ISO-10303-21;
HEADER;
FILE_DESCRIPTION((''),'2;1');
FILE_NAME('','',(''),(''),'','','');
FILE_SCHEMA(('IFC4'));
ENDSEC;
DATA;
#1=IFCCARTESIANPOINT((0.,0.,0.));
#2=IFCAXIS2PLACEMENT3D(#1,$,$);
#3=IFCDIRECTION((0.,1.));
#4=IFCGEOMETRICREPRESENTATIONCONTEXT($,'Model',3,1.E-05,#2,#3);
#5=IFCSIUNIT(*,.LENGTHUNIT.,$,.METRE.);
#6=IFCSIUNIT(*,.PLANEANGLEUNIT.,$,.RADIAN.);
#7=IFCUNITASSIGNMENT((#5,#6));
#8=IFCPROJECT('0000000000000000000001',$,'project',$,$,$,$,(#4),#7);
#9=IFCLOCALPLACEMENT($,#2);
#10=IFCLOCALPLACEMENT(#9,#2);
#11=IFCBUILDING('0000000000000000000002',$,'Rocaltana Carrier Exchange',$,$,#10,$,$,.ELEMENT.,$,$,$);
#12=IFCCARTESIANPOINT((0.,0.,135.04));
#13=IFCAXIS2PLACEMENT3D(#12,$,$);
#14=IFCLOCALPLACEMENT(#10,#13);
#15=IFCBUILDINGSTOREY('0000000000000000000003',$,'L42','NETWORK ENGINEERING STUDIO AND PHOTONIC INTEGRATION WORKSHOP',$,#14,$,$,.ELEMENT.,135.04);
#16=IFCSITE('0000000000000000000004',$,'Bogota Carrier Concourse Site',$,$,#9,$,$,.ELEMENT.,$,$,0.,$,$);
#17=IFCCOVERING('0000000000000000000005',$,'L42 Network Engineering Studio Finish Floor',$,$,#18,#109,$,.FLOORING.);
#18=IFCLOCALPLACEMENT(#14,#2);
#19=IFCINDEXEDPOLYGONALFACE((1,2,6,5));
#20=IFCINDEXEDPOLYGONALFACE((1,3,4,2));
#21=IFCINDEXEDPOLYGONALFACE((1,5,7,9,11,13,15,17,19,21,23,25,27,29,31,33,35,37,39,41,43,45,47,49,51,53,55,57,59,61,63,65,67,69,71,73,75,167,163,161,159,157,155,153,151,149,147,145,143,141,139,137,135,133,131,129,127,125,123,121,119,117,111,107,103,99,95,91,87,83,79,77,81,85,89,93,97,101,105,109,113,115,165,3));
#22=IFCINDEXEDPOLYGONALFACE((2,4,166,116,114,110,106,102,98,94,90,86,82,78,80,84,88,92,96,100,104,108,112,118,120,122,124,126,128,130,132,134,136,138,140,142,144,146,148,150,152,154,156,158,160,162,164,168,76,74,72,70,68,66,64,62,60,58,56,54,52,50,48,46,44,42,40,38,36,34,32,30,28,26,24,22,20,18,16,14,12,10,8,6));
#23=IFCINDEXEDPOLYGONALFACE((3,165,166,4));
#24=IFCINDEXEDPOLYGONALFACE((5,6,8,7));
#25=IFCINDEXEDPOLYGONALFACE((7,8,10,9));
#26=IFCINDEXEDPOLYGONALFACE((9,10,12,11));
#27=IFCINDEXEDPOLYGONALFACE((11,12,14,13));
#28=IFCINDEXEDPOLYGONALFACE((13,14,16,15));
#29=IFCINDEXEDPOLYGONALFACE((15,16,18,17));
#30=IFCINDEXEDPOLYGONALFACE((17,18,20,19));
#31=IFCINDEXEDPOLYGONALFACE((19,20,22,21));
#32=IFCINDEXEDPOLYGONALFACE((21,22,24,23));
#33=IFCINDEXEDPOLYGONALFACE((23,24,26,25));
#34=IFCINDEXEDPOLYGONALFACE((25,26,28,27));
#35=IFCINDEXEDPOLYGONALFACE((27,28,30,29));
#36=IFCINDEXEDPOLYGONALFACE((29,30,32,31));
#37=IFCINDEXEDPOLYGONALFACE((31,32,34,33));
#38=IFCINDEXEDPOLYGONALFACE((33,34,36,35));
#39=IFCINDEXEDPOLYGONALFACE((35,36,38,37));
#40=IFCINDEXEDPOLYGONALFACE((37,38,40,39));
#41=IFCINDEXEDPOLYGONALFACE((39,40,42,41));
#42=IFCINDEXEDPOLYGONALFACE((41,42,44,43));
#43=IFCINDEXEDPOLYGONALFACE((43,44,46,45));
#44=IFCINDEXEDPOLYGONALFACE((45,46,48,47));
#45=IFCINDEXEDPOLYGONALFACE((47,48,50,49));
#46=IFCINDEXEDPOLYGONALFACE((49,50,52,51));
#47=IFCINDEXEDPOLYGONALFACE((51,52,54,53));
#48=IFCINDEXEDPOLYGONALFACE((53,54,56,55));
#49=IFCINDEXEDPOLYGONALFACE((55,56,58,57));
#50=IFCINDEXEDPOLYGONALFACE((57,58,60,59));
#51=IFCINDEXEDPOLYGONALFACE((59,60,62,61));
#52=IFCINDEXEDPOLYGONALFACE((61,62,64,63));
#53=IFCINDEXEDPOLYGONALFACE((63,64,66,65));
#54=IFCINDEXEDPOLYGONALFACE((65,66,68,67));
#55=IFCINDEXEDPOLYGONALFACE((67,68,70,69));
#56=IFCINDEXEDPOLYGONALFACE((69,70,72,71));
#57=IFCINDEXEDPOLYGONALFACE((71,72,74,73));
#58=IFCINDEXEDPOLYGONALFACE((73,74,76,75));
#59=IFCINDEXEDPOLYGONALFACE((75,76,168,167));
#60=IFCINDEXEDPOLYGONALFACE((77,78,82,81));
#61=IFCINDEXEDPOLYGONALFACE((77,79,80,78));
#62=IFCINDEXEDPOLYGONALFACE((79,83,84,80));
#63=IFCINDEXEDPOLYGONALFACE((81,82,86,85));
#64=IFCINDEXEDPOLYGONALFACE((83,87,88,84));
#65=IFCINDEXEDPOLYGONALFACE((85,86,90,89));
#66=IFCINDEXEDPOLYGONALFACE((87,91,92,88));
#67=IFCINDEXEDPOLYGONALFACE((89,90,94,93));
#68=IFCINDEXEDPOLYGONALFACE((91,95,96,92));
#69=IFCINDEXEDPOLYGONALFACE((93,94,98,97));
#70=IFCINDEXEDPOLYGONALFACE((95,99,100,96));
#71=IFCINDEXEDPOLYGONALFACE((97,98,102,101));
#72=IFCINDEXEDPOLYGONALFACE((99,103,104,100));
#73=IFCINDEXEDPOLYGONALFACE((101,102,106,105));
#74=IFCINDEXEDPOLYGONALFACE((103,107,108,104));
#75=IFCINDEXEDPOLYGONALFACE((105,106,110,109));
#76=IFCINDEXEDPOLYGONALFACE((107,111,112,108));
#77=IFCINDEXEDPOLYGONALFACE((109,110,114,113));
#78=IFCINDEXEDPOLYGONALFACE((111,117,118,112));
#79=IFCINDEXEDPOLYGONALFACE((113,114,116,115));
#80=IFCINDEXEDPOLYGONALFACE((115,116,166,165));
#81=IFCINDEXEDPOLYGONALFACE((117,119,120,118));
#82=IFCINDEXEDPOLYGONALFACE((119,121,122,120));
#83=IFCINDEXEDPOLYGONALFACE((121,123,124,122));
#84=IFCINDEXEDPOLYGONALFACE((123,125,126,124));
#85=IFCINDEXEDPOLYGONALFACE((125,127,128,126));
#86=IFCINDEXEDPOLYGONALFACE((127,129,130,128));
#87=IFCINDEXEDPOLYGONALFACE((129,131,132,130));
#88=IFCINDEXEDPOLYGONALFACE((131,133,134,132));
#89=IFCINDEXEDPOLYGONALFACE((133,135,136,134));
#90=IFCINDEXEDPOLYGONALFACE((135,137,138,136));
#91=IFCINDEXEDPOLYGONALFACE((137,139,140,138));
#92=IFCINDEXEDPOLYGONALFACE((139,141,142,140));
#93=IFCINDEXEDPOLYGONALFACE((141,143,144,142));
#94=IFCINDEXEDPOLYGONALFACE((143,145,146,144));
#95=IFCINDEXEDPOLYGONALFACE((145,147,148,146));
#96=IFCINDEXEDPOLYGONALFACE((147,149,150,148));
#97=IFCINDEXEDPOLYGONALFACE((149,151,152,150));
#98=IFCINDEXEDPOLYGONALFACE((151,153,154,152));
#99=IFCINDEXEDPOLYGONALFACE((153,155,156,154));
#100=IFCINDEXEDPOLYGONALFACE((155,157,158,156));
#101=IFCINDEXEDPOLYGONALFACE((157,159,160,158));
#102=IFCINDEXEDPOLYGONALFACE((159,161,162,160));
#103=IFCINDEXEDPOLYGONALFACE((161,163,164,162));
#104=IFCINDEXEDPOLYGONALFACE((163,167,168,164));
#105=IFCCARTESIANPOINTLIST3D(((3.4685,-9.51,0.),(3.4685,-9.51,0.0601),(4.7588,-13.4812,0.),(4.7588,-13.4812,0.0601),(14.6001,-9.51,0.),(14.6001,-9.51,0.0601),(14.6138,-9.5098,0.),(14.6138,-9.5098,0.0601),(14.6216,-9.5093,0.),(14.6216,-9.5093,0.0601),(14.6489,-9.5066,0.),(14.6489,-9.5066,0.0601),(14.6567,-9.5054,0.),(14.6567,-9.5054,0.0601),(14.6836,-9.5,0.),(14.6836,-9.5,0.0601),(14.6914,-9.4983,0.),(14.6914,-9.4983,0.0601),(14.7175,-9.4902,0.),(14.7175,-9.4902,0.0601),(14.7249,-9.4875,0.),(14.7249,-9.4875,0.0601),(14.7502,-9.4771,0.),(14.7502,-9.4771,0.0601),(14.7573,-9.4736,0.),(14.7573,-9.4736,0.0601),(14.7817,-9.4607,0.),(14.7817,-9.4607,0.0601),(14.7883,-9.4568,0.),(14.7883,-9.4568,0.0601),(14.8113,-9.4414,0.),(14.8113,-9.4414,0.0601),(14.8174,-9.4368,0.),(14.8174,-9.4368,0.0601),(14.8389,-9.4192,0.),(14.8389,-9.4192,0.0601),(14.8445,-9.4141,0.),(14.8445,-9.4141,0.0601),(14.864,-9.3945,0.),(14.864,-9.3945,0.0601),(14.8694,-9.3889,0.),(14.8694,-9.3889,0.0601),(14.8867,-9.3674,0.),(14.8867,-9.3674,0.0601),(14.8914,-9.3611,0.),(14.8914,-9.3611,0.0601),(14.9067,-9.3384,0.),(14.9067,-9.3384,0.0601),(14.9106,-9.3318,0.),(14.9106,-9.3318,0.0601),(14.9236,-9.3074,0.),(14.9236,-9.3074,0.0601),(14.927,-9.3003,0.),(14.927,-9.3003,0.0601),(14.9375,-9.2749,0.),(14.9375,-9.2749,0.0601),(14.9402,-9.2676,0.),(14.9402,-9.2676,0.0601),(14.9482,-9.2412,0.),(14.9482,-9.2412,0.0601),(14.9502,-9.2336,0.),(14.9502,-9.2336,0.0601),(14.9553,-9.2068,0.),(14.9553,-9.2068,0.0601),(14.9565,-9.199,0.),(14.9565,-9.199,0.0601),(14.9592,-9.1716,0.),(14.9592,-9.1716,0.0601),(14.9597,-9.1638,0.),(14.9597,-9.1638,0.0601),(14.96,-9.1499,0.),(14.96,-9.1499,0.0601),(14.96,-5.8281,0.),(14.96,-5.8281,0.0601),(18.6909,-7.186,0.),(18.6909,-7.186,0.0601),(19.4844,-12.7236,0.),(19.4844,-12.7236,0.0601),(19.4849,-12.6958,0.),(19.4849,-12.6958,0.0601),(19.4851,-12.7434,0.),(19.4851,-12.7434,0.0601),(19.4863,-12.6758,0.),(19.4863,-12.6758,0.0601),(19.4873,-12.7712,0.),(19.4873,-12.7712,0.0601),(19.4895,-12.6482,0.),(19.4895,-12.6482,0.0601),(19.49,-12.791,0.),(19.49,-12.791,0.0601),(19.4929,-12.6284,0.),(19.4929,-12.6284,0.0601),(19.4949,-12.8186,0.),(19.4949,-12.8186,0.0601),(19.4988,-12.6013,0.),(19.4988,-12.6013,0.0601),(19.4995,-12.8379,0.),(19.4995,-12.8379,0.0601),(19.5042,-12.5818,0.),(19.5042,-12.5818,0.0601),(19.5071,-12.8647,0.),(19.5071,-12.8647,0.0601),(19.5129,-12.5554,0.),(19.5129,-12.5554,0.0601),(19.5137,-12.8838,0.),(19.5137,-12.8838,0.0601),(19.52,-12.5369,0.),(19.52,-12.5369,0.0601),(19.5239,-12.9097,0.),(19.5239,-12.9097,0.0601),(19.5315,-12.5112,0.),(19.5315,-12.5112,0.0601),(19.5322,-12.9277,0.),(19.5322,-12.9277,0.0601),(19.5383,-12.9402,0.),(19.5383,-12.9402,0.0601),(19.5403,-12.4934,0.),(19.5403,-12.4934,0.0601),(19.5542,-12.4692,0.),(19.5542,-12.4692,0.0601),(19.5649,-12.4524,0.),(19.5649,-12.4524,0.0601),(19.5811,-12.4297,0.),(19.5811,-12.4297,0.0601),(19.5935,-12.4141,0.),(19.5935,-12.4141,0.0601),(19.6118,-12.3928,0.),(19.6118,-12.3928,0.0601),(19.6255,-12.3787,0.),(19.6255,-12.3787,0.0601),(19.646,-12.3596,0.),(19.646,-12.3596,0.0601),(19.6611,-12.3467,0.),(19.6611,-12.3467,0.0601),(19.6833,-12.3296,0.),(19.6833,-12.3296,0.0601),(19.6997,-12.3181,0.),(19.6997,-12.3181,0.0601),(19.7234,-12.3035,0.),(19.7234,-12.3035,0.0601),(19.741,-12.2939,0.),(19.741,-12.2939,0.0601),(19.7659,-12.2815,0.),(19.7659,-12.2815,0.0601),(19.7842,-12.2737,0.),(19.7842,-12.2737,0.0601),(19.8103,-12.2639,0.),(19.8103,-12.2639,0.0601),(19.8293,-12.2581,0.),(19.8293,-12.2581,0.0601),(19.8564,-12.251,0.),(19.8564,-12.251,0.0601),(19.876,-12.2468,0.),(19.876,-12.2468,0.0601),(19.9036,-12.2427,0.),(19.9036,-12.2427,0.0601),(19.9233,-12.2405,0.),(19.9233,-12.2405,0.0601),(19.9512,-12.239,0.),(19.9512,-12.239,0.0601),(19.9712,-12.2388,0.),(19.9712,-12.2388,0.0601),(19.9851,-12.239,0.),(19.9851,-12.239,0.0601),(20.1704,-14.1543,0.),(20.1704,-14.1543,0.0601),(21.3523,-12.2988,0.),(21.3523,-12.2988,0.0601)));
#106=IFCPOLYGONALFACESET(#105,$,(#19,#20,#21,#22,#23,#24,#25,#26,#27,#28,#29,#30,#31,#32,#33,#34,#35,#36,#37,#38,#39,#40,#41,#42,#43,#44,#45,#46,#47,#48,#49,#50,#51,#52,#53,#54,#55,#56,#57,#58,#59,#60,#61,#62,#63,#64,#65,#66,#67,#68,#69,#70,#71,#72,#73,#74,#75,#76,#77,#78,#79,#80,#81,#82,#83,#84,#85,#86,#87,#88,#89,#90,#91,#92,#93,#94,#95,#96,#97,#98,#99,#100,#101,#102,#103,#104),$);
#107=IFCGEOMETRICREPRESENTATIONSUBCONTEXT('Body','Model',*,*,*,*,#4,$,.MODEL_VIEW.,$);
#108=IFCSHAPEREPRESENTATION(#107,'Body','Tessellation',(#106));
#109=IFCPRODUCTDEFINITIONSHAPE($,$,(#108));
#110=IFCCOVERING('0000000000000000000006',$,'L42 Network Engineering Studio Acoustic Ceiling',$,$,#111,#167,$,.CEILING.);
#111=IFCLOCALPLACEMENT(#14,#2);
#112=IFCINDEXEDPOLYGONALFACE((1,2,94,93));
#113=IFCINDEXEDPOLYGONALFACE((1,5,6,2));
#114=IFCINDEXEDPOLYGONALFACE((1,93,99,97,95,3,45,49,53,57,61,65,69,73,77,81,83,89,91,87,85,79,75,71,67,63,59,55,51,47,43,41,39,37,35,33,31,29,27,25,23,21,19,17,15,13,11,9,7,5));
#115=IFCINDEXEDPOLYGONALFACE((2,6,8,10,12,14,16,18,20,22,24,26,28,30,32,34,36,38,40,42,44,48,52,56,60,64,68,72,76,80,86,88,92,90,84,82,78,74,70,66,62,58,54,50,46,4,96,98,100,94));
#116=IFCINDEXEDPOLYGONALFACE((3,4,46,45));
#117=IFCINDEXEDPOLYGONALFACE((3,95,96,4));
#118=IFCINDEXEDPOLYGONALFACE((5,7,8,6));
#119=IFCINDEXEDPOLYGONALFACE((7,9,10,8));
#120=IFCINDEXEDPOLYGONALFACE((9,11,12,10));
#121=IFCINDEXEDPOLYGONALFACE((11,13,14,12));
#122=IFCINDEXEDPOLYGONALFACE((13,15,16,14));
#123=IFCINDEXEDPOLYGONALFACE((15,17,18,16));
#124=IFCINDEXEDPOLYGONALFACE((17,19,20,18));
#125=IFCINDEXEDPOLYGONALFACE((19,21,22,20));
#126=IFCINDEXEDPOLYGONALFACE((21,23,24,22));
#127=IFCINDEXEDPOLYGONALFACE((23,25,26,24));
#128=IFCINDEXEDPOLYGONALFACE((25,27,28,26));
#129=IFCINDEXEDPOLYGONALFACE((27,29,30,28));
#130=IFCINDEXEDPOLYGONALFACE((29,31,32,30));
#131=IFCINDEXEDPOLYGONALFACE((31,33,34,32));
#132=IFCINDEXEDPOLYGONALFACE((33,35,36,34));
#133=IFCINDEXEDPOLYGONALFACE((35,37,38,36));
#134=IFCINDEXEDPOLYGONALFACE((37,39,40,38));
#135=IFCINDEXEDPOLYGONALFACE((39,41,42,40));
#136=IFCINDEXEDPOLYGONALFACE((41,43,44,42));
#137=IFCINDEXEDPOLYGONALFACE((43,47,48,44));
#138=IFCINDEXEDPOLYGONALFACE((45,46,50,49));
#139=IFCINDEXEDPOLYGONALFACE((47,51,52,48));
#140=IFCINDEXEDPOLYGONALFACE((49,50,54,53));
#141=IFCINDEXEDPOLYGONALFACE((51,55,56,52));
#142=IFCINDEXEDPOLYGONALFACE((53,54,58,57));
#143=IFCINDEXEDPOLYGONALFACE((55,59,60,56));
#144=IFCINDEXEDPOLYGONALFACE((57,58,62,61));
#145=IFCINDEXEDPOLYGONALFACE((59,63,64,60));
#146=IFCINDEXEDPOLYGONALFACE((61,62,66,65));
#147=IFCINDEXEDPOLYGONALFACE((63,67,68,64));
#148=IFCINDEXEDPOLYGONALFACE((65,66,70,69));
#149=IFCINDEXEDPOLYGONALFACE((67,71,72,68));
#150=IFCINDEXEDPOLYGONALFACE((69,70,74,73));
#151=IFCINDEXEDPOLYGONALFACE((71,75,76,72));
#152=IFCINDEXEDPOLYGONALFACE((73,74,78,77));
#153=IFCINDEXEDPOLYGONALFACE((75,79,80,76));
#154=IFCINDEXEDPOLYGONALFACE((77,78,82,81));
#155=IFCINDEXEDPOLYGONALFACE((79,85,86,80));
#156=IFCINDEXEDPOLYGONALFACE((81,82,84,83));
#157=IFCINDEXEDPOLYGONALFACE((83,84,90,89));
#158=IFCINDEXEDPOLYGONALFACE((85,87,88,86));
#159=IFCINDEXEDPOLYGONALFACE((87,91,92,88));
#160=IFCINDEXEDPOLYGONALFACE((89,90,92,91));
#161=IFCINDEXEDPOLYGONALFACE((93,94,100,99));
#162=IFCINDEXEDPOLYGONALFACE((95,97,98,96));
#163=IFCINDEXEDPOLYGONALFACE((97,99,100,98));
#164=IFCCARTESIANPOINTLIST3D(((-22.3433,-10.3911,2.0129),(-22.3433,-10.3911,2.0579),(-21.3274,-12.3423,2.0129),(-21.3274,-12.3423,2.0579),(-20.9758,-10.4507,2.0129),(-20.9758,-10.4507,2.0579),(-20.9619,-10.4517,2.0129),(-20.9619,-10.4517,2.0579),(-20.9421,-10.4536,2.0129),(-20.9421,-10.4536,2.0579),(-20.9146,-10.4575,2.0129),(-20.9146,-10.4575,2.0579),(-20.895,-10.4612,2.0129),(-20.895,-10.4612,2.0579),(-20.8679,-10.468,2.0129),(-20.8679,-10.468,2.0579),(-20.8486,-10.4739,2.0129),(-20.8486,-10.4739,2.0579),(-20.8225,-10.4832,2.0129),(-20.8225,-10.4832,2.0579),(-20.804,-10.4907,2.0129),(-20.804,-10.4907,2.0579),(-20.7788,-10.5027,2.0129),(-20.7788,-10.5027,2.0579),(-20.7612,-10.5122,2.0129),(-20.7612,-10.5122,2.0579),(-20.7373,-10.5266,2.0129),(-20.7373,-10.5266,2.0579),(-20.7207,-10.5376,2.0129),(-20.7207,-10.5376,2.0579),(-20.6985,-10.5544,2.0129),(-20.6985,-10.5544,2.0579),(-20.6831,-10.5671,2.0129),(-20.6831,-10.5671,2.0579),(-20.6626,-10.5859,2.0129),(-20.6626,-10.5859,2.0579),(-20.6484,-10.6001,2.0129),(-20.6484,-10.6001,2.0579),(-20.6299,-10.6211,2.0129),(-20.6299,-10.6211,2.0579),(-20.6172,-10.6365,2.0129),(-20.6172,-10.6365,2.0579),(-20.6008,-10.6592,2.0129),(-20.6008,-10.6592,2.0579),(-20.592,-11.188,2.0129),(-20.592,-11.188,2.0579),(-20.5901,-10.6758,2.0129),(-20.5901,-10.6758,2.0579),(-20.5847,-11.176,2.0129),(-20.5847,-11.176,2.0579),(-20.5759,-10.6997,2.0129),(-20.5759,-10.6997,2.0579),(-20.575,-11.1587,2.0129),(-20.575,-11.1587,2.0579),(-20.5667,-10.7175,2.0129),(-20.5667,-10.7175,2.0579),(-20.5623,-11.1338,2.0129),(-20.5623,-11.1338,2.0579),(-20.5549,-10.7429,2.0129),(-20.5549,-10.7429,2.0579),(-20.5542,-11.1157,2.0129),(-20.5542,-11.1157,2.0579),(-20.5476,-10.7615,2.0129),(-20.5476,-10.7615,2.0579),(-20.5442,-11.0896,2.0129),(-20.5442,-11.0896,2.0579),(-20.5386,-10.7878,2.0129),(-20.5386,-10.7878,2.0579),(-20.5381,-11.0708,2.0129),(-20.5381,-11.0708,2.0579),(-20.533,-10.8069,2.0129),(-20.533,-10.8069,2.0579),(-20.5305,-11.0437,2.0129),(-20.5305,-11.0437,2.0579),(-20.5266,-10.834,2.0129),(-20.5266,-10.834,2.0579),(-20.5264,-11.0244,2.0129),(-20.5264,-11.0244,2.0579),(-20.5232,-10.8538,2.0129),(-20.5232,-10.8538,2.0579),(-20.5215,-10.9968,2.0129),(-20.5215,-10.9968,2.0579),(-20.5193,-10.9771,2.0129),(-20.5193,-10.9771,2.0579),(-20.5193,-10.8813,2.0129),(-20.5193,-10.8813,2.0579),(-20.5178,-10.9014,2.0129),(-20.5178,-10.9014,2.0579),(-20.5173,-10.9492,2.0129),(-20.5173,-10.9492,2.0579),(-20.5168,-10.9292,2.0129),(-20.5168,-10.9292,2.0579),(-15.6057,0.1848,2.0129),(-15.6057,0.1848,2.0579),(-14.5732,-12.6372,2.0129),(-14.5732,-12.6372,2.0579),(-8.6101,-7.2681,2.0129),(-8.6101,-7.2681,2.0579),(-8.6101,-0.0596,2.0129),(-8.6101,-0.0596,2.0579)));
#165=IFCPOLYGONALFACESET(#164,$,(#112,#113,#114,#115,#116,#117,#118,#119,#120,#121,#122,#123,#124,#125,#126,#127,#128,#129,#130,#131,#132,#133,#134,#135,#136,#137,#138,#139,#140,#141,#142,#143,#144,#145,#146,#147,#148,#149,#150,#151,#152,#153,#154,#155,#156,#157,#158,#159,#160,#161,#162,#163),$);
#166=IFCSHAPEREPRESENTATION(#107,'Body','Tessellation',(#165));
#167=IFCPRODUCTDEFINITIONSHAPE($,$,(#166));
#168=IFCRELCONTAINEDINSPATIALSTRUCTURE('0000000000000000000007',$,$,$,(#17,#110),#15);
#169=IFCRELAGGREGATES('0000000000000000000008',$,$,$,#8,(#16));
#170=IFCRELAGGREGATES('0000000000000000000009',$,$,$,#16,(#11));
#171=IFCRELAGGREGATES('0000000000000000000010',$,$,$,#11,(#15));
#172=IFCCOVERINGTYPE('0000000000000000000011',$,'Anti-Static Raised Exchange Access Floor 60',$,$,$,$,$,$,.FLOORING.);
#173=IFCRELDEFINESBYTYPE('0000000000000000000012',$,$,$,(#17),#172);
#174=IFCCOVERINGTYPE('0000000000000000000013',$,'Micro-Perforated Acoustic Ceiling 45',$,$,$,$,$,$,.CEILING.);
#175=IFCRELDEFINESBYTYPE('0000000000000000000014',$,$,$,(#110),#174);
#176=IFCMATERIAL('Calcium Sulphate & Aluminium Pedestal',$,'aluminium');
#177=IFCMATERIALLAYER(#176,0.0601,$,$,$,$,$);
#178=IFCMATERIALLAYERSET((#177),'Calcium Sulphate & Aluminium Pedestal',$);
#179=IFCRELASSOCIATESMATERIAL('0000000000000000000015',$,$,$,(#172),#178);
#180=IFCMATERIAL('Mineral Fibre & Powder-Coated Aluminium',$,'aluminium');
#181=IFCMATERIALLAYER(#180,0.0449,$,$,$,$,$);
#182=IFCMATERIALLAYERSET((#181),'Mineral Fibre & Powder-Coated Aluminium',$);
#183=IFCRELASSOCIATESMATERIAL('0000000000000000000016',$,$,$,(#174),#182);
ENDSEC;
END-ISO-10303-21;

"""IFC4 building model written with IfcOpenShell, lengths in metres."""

from ifc_helpers import new_model, si_unit, direction, frame, origin, place, context, subcontext, project, spatial, polyline, outline, extrude, material, layer, layer_set, type_object, element, save


model = new_model("IFC4")

# Units and contexts
model_context = context("Model", 3, precision=1e-05, world=origin(), true_north=direction((0.0, 1.0)))
body_context = subcontext(model_context, "Body", "Model", "MODEL_VIEW")
ifc_project = project(units=[si_unit("LENGTHUNIT", "METRE"), si_unit("PLANEANGLEUNIT", "RADIAN")], contexts=[model_context])

# Site, building, storey
site_placement = place(None, origin())
site = spatial("IfcSite", under=ifc_project, at=site_placement, Name="Bogota Carrier Concourse Site", CompositionType="ELEMENT", RefElevation=0.0)
building_placement = place(site_placement, origin())
building = spatial("IfcBuilding", under=site, at=building_placement, Name="Rocaltana Carrier Exchange", CompositionType="ELEMENT")
storey_placement = place(building_placement, frame((0.0, 0.0, 135.04)))
storey = spatial("IfcBuildingStorey", under=building, at=storey_placement, Name="L42", Description="NETWORK ENGINEERING STUDIO AND PHOTONIC INTEGRATION WORKSHOP", CompositionType="ELEMENT", Elevation=135.04)

# Coverings
ifc_material_1 = material(Name="Calcium Sulphate & Aluminium Pedestal", Category="aluminium")
ifc_layer_1 = layer(ifc_material_1, 0.0601)
ifc_layer_set_1 = layer_set([ifc_layer_1], Name="Calcium Sulphate & Aluminium Pedestal")
covering_type_1 = type_object("IfcCoveringType", Name="Anti-Static Raised Exchange Access Floor 60", PredefinedType="FLOORING", material=ifc_layer_set_1)
covering_1_placement = place(storey_placement, origin())
element("IfcCovering", 1, at=covering_1_placement, inside=storey, type_object=covering_type_1, Name="L42 Network Engineering Studio Finish Floor", PredefinedType="FLOORING", context=body_context, shape_type="SweptSolid", body=[
    extrude(outline(polyline([(21.3523, -12.2988), (19.9851, -12.239), (19.9712, -12.2388), (19.9512, -12.239), (19.9233, -12.2405), (19.9036, -12.2427), (19.876, -12.2468), (19.8564, -12.251), (19.8293, -12.2581), (19.8103, -12.2639), (19.7842, -12.2737), (19.7659, -12.2815), (19.741, -12.2939), (19.7234, -12.3035), (19.6997, -12.3181), (19.6833, -12.3296), (19.6611, -12.3467), (19.646, -12.3596), (19.6255, -12.3787), (19.6118, -12.3928), (19.5935, -12.4141), (19.5811, -12.4297), (19.5649, -12.4524), (19.5542, -12.4692), (19.5403, -12.4934), (19.5315, -12.5112), (19.52, -12.5369), (19.5129, -12.5554), (19.5042, -12.5818), (19.4988, -12.6013), (19.4929, -12.6284), (19.4895, -12.6482), (19.4863, -12.6758), (19.4849, -12.6958), (19.4844, -12.7236), (19.4851, -12.7434), (19.4873, -12.7712), (19.49, -12.791), (19.4949, -12.8186), (19.4995, -12.8379), (19.5071, -12.8647), (19.5137, -12.8838), (19.5239, -12.9097), (19.5322, -12.9277), (19.5383, -12.9402), (20.1704, -14.1543), (4.7588, -13.4812), (3.4685, -9.51), (14.6001, -9.51), (14.6138, -9.5098), (14.6216, -9.5093), (14.6489, -9.5066), (14.6567, -9.5054), (14.6836, -9.5), (14.6914, -9.4983), (14.7175, -9.4902), (14.7249, -9.4875), (14.7502, -9.4771), (14.7573, -9.4736), (14.7817, -9.4607), (14.7883, -9.4568), (14.8113, -9.4414), (14.8174, -9.4368), (14.8389, -9.4192), (14.8445, -9.4141), (14.864, -9.3945), (14.8694, -9.3889), (14.8867, -9.3674), (14.8914, -9.3611), (14.9067, -9.3384), (14.9106, -9.3318), (14.9236, -9.3074), (14.927, -9.3003), (14.9375, -9.2749), (14.9402, -9.2676), (14.9482, -9.2412), (14.9502, -9.2336), (14.9553, -9.2068), (14.9565, -9.199), (14.9592, -9.1716), (14.9597, -9.1638), (14.96, -9.1499), (14.96, -5.8281), (18.6909, -7.186), (21.3523, -12.2988)])), origin(), (0.0, 0.0, 1.0), 0.0601),
])
ifc_material_2 = material(Name="Mineral Fibre & Powder-Coated Aluminium", Category="aluminium")
ifc_layer_2 = layer(ifc_material_2, 0.0449)
ifc_layer_set_2 = layer_set([ifc_layer_2], Name="Mineral Fibre & Powder-Coated Aluminium")
covering_type_2 = type_object("IfcCoveringType", Name="Micro-Perforated Acoustic Ceiling 45", PredefinedType="CEILING", material=ifc_layer_set_2)
covering_2_placement = place(storey_placement, frame((0.0, 0.0, 2.0129)))
element("IfcCovering", 2, at=covering_2_placement, inside=storey, type_object=covering_type_2, Name="L42 Network Engineering Studio Acoustic Ceiling", PredefinedType="CEILING", context=body_context, shape_type="SweptSolid", body=[
    extrude(outline(polyline([(-20.592, -11.188), (-20.5847, -11.176), (-20.575, -11.1587), (-20.5623, -11.1338), (-20.5542, -11.1157), (-20.5442, -11.0896), (-20.5381, -11.0708), (-20.5305, -11.0437), (-20.5264, -11.0244), (-20.5215, -10.9968), (-20.5193, -10.9771), (-20.5173, -10.9492), (-20.5168, -10.9292), (-20.5178, -10.9014), (-20.5193, -10.8813), (-20.5232, -10.8538), (-20.5266, -10.834), (-20.533, -10.8069), (-20.5386, -10.7878), (-20.5476, -10.7615), (-20.5549, -10.7429), (-20.5667, -10.7175), (-20.5759, -10.6997), (-20.5901, -10.6758), (-20.6008, -10.6592), (-20.6172, -10.6365), (-20.6299, -10.6211), (-20.6484, -10.6001), (-20.6626, -10.5859), (-20.6831, -10.5671), (-20.6985, -10.5544), (-20.7207, -10.5376), (-20.7373, -10.5266), (-20.7612, -10.5122), (-20.7788, -10.5027), (-20.804, -10.4907), (-20.8225, -10.4832), (-20.8486, -10.4739), (-20.8679, -10.468), (-20.895, -10.4612), (-20.9146, -10.4575), (-20.9421, -10.4536), (-20.9619, -10.4517), (-20.9758, -10.4507), (-22.3433, -10.3911), (-15.6057, 0.1848), (-8.6101, -0.0596), (-8.6101, -7.2681), (-14.5732, -12.6372), (-21.3274, -12.3423), (-20.592, -11.188)])), origin(), (0.0, 0.0, 1.0), 0.0449),
])

save(model, "model.ifc")
